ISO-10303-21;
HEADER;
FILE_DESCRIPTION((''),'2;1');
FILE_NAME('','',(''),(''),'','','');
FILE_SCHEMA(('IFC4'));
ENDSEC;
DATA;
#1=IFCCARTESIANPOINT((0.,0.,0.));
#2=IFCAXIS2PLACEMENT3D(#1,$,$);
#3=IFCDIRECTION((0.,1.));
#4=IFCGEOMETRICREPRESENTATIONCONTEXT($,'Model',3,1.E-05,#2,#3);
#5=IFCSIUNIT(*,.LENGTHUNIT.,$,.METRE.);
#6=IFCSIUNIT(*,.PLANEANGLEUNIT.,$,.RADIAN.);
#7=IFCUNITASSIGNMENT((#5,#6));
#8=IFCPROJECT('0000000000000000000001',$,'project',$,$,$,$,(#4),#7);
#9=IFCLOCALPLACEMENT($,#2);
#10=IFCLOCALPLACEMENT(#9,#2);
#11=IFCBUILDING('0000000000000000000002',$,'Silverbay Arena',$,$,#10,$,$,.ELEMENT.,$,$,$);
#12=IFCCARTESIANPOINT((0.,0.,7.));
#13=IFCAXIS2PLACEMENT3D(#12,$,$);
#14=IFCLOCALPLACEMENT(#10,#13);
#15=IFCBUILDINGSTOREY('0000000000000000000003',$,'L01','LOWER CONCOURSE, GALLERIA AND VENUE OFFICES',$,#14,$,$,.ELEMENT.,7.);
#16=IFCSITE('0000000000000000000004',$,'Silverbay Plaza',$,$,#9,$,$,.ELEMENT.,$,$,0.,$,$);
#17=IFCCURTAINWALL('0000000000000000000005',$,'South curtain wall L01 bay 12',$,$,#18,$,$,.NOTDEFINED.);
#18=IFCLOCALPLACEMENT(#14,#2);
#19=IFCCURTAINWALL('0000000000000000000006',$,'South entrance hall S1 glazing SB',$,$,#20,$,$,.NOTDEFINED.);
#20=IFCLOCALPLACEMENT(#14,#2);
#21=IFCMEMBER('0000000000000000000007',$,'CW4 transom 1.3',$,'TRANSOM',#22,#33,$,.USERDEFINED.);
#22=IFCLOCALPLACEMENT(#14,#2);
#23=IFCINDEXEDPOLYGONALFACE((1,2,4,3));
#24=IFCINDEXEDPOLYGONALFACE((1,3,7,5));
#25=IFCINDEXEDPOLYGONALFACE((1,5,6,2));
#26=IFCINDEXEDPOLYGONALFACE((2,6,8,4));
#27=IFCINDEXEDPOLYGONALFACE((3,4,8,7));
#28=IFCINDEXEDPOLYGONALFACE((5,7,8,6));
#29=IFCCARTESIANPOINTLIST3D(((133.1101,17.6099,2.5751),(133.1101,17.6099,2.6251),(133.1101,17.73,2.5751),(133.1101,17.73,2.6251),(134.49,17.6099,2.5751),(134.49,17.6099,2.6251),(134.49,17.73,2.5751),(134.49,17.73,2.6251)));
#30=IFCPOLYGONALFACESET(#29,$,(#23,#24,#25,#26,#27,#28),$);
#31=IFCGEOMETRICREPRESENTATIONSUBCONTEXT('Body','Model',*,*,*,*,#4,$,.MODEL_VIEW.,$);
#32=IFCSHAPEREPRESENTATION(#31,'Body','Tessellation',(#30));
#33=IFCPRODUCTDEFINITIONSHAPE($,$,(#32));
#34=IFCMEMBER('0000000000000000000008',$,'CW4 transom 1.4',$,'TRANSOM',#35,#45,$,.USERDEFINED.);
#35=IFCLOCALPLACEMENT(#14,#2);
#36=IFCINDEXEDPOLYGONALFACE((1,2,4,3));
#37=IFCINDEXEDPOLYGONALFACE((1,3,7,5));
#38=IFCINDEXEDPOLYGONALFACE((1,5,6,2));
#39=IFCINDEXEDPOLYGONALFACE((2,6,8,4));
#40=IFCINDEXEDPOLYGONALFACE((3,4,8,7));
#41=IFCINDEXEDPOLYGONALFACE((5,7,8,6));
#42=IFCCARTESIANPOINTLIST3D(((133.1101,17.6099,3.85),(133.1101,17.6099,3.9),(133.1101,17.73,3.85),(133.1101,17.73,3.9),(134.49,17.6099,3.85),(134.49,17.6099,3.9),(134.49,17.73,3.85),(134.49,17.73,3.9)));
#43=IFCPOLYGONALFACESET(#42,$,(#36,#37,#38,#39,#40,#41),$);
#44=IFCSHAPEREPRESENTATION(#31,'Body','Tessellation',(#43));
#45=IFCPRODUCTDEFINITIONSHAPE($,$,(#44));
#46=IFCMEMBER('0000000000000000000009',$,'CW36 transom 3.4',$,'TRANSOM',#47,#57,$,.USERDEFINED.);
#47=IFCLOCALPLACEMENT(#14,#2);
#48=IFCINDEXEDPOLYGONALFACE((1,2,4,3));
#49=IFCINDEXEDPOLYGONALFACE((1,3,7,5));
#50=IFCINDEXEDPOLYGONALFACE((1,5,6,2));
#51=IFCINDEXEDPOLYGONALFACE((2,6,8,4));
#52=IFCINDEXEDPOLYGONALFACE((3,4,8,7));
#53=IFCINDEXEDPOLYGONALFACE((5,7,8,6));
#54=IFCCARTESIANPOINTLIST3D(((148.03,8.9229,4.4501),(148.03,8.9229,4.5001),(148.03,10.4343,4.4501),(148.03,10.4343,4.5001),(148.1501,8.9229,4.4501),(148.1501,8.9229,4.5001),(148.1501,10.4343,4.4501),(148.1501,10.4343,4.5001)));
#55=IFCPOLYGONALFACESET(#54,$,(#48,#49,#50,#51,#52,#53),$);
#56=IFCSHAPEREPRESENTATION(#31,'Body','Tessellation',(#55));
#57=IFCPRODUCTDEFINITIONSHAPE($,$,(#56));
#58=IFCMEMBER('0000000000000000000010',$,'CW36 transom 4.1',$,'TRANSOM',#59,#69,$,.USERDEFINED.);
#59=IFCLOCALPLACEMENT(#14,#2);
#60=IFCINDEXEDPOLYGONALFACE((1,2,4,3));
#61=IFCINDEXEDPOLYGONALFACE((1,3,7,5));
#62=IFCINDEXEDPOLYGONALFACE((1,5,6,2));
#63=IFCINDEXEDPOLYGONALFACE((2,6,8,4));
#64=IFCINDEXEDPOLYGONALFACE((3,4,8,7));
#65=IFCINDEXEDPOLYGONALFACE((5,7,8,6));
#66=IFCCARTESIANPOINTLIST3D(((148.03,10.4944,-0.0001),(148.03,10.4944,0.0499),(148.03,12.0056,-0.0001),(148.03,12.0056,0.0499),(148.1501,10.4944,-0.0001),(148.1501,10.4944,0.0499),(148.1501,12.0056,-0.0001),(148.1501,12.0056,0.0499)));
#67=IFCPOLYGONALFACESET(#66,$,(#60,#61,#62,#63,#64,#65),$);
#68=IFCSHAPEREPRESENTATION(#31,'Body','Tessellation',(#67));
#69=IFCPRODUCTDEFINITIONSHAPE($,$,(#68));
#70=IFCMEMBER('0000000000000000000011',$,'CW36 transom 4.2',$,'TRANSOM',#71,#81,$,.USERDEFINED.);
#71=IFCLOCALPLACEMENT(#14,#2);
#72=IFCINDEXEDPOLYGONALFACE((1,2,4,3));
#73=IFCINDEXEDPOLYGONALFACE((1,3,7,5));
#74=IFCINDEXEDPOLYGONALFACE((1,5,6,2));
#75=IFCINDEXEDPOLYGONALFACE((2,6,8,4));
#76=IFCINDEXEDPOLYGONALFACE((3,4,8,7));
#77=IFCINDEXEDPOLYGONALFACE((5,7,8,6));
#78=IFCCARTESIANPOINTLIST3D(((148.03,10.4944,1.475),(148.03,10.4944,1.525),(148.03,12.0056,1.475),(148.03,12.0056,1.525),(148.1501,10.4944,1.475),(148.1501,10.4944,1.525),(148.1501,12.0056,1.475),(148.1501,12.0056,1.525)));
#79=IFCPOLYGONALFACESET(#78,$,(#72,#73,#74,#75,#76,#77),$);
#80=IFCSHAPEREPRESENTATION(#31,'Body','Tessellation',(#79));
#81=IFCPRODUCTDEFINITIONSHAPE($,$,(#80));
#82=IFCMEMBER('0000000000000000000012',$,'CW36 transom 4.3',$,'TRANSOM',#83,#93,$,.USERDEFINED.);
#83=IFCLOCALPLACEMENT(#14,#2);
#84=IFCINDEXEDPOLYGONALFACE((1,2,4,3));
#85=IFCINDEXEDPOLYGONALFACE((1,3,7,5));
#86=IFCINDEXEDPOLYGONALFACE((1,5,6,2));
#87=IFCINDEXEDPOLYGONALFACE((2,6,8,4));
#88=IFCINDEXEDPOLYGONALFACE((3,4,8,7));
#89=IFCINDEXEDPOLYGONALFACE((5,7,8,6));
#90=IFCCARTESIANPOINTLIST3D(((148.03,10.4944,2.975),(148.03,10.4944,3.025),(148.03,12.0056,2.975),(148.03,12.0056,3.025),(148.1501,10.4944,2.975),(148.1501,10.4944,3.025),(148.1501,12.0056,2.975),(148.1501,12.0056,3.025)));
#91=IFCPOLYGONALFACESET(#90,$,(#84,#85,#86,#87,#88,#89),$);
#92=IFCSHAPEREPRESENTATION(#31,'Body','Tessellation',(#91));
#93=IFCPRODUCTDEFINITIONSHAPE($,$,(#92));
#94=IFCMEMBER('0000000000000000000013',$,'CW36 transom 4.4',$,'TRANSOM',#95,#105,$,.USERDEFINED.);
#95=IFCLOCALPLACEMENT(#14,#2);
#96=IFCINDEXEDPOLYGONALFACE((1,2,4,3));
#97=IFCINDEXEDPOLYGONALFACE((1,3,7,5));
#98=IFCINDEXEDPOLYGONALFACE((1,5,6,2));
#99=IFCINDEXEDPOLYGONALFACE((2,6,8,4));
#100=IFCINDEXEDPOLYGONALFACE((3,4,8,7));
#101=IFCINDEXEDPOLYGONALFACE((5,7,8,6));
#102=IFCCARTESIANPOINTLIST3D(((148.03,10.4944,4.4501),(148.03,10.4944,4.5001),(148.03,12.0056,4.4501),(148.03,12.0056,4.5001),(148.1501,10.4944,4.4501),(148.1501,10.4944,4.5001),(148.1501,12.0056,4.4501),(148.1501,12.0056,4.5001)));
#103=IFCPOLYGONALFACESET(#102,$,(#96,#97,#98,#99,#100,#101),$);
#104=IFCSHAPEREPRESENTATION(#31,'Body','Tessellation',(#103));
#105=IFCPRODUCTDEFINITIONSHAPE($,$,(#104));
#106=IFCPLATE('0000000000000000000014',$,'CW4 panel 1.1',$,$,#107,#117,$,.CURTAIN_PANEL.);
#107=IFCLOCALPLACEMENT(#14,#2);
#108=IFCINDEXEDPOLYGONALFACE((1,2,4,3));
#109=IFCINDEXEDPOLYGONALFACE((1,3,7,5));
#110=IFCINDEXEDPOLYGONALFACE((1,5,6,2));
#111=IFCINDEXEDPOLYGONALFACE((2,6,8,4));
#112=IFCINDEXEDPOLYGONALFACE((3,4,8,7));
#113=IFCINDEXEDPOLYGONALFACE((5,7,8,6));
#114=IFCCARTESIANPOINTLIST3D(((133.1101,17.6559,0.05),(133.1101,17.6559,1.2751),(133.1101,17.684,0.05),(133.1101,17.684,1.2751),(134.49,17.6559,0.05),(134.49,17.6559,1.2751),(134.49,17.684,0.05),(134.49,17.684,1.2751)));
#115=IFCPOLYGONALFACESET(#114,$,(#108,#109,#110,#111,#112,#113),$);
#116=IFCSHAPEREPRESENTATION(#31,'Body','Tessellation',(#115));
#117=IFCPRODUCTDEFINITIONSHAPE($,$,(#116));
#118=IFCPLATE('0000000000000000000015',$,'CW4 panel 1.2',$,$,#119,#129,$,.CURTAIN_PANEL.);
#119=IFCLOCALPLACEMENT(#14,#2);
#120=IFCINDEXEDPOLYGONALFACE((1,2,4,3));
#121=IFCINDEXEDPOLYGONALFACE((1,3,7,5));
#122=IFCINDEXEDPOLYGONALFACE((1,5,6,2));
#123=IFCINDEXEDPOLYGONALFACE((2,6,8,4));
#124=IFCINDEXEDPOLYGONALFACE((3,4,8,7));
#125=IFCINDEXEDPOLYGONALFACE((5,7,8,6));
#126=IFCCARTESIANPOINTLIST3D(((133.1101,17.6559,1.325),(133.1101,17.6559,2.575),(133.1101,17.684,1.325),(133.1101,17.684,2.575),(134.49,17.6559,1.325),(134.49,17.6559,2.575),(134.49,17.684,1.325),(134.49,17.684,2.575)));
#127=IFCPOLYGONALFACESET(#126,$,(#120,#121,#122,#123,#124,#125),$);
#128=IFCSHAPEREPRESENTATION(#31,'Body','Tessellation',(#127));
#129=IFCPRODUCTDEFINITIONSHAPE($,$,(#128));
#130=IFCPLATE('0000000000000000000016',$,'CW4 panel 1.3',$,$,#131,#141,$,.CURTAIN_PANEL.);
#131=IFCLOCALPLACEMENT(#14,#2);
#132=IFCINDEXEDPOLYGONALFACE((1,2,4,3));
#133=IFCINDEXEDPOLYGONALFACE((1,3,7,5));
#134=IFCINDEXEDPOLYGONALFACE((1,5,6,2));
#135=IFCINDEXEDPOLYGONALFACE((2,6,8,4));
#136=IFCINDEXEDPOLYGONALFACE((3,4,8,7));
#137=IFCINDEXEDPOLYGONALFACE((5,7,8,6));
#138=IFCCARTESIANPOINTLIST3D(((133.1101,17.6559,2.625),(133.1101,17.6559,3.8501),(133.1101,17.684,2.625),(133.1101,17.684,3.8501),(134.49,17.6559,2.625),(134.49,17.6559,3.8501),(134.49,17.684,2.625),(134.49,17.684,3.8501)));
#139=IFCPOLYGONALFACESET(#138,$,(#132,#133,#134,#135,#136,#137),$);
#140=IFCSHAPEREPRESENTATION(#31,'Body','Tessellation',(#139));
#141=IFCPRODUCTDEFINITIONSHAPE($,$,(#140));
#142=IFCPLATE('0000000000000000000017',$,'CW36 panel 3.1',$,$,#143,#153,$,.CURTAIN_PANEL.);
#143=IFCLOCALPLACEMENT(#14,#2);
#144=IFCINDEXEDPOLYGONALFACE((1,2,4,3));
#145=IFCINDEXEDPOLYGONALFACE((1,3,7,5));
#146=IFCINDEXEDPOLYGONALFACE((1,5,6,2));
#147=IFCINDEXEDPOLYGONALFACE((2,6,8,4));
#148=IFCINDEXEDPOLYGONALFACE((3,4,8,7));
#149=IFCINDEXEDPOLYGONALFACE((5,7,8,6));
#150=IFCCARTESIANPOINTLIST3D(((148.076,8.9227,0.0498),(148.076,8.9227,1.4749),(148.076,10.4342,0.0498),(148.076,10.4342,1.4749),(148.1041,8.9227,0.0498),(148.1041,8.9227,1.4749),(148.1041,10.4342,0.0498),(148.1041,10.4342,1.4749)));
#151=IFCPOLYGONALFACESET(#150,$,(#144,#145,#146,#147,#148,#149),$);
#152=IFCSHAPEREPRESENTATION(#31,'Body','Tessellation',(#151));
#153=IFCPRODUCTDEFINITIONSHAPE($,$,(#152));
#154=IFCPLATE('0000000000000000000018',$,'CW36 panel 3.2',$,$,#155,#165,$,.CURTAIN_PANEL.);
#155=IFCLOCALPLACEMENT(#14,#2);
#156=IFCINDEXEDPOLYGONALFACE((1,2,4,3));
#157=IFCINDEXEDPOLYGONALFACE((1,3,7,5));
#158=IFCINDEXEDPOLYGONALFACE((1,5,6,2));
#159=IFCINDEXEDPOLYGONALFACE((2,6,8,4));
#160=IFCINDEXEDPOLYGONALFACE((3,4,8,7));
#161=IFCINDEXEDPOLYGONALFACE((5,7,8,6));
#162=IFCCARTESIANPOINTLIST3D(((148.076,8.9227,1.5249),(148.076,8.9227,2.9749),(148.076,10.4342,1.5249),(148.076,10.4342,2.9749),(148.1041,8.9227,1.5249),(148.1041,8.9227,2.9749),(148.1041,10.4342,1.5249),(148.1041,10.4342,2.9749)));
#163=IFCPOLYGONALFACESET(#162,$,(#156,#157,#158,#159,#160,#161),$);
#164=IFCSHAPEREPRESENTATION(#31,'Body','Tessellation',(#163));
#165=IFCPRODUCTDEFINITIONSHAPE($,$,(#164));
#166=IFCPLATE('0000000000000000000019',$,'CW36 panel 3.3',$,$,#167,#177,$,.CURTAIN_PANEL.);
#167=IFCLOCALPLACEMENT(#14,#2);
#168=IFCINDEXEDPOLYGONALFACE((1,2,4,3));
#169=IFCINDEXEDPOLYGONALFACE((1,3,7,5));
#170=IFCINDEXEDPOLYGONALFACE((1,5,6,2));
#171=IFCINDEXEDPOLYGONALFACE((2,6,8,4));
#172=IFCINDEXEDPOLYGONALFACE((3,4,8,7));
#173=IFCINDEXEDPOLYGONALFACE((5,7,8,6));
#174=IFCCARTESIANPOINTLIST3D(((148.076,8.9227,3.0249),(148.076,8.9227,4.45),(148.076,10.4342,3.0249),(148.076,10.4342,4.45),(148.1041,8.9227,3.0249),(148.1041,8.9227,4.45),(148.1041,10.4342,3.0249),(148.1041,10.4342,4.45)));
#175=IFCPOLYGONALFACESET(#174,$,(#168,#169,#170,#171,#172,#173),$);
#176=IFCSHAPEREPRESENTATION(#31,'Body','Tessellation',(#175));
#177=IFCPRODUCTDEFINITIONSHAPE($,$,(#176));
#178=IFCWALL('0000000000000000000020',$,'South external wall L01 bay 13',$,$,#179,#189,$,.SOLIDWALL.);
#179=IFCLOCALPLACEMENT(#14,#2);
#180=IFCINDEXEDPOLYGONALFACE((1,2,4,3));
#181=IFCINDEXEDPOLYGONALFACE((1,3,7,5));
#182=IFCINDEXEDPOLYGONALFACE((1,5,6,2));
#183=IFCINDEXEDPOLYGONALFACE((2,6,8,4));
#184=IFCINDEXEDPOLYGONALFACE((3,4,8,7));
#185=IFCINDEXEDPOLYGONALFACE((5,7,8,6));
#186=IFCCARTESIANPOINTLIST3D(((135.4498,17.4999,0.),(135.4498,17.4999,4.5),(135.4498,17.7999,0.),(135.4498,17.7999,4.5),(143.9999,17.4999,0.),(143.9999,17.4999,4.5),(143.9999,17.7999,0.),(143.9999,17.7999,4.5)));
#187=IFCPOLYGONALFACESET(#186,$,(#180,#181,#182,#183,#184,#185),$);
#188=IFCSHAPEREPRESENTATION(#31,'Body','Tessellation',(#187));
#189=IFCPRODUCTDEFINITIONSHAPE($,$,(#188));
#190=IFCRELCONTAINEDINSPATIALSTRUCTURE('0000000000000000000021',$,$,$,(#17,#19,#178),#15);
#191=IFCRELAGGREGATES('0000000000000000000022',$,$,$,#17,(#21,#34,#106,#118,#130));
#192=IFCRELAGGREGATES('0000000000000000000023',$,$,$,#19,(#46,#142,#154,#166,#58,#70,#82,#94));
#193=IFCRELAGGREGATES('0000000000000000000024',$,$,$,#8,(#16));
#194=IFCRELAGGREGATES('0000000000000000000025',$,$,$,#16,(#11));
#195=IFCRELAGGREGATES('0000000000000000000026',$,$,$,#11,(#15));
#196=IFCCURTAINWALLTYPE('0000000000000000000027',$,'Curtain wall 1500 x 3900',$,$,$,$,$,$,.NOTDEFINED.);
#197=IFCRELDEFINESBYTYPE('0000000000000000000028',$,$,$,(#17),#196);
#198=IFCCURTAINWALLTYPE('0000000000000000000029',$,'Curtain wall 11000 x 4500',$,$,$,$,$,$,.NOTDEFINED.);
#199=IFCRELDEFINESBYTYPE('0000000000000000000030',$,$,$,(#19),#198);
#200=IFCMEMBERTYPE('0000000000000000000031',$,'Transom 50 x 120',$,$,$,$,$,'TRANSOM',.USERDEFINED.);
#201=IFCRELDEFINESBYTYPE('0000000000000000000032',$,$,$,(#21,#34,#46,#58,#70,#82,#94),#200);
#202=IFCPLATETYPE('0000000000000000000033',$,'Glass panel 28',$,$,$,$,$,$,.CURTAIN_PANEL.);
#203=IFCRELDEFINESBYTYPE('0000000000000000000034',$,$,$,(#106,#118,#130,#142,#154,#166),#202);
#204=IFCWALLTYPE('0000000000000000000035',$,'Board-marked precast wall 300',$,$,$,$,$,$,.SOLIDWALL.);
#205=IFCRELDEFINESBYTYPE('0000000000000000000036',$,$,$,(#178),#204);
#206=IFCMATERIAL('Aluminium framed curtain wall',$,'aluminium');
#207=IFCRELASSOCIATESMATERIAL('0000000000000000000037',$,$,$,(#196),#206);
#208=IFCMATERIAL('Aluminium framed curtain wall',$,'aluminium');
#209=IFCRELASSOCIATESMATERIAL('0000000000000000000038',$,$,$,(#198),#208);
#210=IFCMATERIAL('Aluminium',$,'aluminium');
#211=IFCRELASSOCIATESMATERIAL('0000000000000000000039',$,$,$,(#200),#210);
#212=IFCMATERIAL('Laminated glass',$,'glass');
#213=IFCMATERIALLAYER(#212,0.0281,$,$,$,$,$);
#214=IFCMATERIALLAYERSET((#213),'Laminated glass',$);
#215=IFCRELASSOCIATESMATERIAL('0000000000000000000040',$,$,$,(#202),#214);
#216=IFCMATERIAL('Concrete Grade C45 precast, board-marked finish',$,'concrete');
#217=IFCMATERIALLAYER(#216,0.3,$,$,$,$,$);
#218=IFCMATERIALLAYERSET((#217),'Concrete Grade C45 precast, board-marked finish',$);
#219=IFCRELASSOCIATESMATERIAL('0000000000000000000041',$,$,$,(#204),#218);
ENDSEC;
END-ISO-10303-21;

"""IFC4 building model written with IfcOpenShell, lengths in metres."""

from ifc_helpers import new_model, si_unit, direction, frame, frame_2d, origin, origin_2d, place, context, subcontext, project, spatial, rectangle, extrude, material, layer, layer_set, material_profile, profile_set, type_object, element, aggregate, save


model = new_model("IFC4")

# Units and contexts
model_context = context("Model", 3, precision=1e-05, world=origin(), true_north=direction((0.0, 1.0)))
body_context = subcontext(model_context, "Body", "Model", "MODEL_VIEW")
ifc_project = project(units=[si_unit("LENGTHUNIT", "METRE"), si_unit("PLANEANGLEUNIT", "RADIAN")], contexts=[model_context])

# Site, building, storey
site_placement = place(None, origin())
site = spatial("IfcSite", under=ifc_project, at=site_placement, Name="Silverbay Plaza", CompositionType="ELEMENT", RefElevation=0.0)
building_placement = place(site_placement, origin())
building = spatial("IfcBuilding", under=site, at=building_placement, Name="Silverbay Arena", CompositionType="ELEMENT")
storey_placement = place(building_placement, frame((0.0, 0.0, 7.0)))
storey = spatial("IfcBuildingStorey", under=building, at=storey_placement, Name="L01", Description="LOWER CONCOURSE, GALLERIA AND VENUE OFFICES", CompositionType="ELEMENT", Elevation=7.0)

# Curtain wall
ifc_material_1 = material(Name="Aluminium framed curtain wall", Category="aluminium")
curtain_wall_type_1 = type_object("IfcCurtainWallType", Name="Curtain wall 1500 x 3900", PredefinedType="NOTDEFINED", material=ifc_material_1)
curtain_wall_1_placement = place(storey_placement, origin())
curtain_wall_1 = element("IfcCurtainWall", 1, at=curtain_wall_1_placement, inside=storey, type_object=curtain_wall_type_1, Name="South curtain wall L01 bay 12", PredefinedType="NOTDEFINED")

# Curtain wall
ifc_material_2 = material(Name="Aluminium framed curtain wall", Category="aluminium")
curtain_wall_type_2 = type_object("IfcCurtainWallType", Name="Curtain wall 11000 x 4500", PredefinedType="NOTDEFINED", material=ifc_material_2)
curtain_wall_2_placement = place(storey_placement, origin())
curtain_wall_2 = element("IfcCurtainWall", 2, at=curtain_wall_2_placement, inside=storey, type_object=curtain_wall_type_2, Name="South entrance hall S1 glazing SB", PredefinedType="NOTDEFINED")

# Members
ifc_material_3 = material(Name="Aluminium", Category="aluminium")
ifc_material_profile_1 = material_profile(ifc_material_3, rectangle(XDim=0.1201, YDim=0.05, at=origin_2d()), Name="Transom 50 x 120")
ifc_profile_set_1 = profile_set([ifc_material_profile_1], Name="Aluminium")
member_type_1 = type_object("IfcMemberType", Name="Transom 50 x 120", ElementType="TRANSOM", PredefinedType="USERDEFINED", material=ifc_profile_set_1)
member_1_placement = place(storey_placement, frame((133.1101, 17.6699, 2.6001), z_axis=(1.0, 0.0, 0.0), x_axis=(0.0, 1.0, 0.0)))
member_1 = element("IfcMember", 3, at=member_1_placement, type_object=member_type_1, Name="CW4 transom 1.3", ObjectType="TRANSOM", PredefinedType="USERDEFINED", context=body_context, shape_type="SweptSolid", body=[
    extrude(rectangle(XDim=0.1201, YDim=0.05, at=origin_2d()), origin(), (0.0, 0.0, 1.0), 1.3799),
])
member_2_placement = place(storey_placement, frame((133.1101, 17.6699, 3.875), z_axis=(1.0, 0.0, 0.0), x_axis=(0.0, 1.0, 0.0)))
member_2 = element("IfcMember", 4, at=member_2_placement, type_object=member_type_1, Name="CW4 transom 1.4", ObjectType="TRANSOM", PredefinedType="USERDEFINED", context=body_context, shape_type="SweptSolid", body=[
    extrude(rectangle(XDim=0.1201, YDim=0.05, at=origin_2d()), origin(), (0.0, 0.0, 1.0), 1.3799),
])
member_3_placement = place(storey_placement, frame((148.0901, 8.9229, 4.4751), z_axis=(0.0, 1.0, 0.0), x_axis=(-1.0, 0.0, 0.0)))
member_3 = element("IfcMember", 5, at=member_3_placement, type_object=member_type_1, Name="CW36 transom 3.4", ObjectType="TRANSOM", PredefinedType="USERDEFINED", context=body_context, shape_type="SweptSolid", body=[
    extrude(rectangle(XDim=0.1201, YDim=0.05, at=origin_2d()), origin(), (0.0, 0.0, 1.0), 1.5115),
])
member_4_placement = place(storey_placement, frame((148.0901, 10.4944, 0.0249), z_axis=(0.0, 1.0, 0.0), x_axis=(-1.0, 0.0, 0.0)))
member_4 = element("IfcMember", 6, at=member_4_placement, type_object=member_type_1, Name="CW36 transom 4.1", ObjectType="TRANSOM", PredefinedType="USERDEFINED", context=body_context, shape_type="SweptSolid", body=[
    extrude(rectangle(XDim=0.1201, YDim=0.05, at=origin_2d()), origin(), (0.0, 0.0, 1.0), 1.5112),
])
member_5_placement = place(storey_placement, frame((148.0901, 10.4944, 1.5), z_axis=(0.0, 1.0, 0.0), x_axis=(-1.0, 0.0, 0.0)))
member_5 = element("IfcMember", 7, at=member_5_placement, type_object=member_type_1, Name="CW36 transom 4.2", ObjectType="TRANSOM", PredefinedType="USERDEFINED", context=body_context, shape_type="SweptSolid", body=[
    extrude(rectangle(XDim=0.1201, YDim=0.05, at=origin_2d()), origin(), (0.0, 0.0, 1.0), 1.5112),
])
member_6_placement = place(storey_placement, frame((148.0901, 10.4944, 3.0), z_axis=(0.0, 1.0, 0.0), x_axis=(-1.0, 0.0, 0.0)))
member_6 = element("IfcMember", 8, at=member_6_placement, type_object=member_type_1, Name="CW36 transom 4.3", ObjectType="TRANSOM", PredefinedType="USERDEFINED", context=body_context, shape_type="SweptSolid", body=[
    extrude(rectangle(XDim=0.1201, YDim=0.05, at=origin_2d()), origin(), (0.0, 0.0, 1.0), 1.5112),
])
member_7_placement = place(storey_placement, frame((148.0901, 10.4944, 4.4751), z_axis=(0.0, 1.0, 0.0), x_axis=(-1.0, 0.0, 0.0)))
member_7 = element("IfcMember", 9, at=member_7_placement, type_object=member_type_1, Name="CW36 transom 4.4", ObjectType="TRANSOM", PredefinedType="USERDEFINED", context=body_context, shape_type="SweptSolid", body=[
    extrude(rectangle(XDim=0.1201, YDim=0.05, at=origin_2d()), origin(), (0.0, 0.0, 1.0), 1.5112),
])

# Plates
ifc_material_4 = material(Name="Laminated glass", Category="glass")
ifc_layer_1 = layer(ifc_material_4, 0.0281)
ifc_layer_set_1 = layer_set([ifc_layer_1], Name="Laminated glass")
plate_type = type_object("IfcPlateType", Name="Glass panel 28", PredefinedType="CURTAIN_PANEL", material=ifc_layer_set_1)
plate_1_placement = place(storey_placement, frame((133.8, 17.6699, 0.05), z_axis=(0.0, 0.0, 1.0), x_axis=(1.0, 0.0, 0.0)))
plate_1 = element("IfcPlate", 10, at=plate_1_placement, type_object=plate_type, Name="CW4 panel 1.1", PredefinedType="CURTAIN_PANEL", context=body_context, shape_type="SweptSolid", body=[
    extrude(rectangle(XDim=1.3799, YDim=0.0281, at=origin_2d()), origin(), (0.0, 0.0, 1.0), 1.2251),
])
plate_2_placement = place(storey_placement, frame((133.8, 17.6699, 1.325), z_axis=(0.0, 0.0, 1.0), x_axis=(1.0, 0.0, 0.0)))
plate_2 = element("IfcPlate", 11, at=plate_2_placement, type_object=plate_type, Name="CW4 panel 1.2", PredefinedType="CURTAIN_PANEL", context=body_context, shape_type="SweptSolid", body=[
    extrude(rectangle(XDim=1.3799, YDim=0.0281, at=origin_2d()), origin(), (0.0, 0.0, 1.0), 1.25),
])
plate_3_placement = place(storey_placement, frame((133.8, 17.6699, 2.625), z_axis=(0.0, 0.0, 1.0), x_axis=(1.0, 0.0, 0.0)))
plate_3 = element("IfcPlate", 12, at=plate_3_placement, type_object=plate_type, Name="CW4 panel 1.3", PredefinedType="CURTAIN_PANEL", context=body_context, shape_type="SweptSolid", body=[
    extrude(rectangle(XDim=1.3799, YDim=0.0281, at=origin_2d()), origin(), (0.0, 0.0, 1.0), 1.2251),
])
aggregate(curtain_wall_1, [member_1, member_2, plate_1, plate_2, plate_3])
plate_4_placement = place(storey_placement, frame((148.0901, 9.6785, 0.0498), z_axis=(0.0, 0.0, 1.0), x_axis=(0.0, 1.0, 0.0)))
plate_4 = element("IfcPlate", 13, at=plate_4_placement, type_object=plate_type, Name="CW36 panel 3.1", PredefinedType="CURTAIN_PANEL", context=body_context, shape_type="SweptSolid", body=[
    extrude(rectangle(XDim=1.5115, YDim=0.0281, at=origin_2d()), origin(), (0.0, 0.0, 1.0), 1.425),
])
plate_5_placement = place(storey_placement, frame((148.0901, 9.6785, 1.5249), z_axis=(0.0, 0.0, 1.0), x_axis=(0.0, 1.0, 0.0)))
plate_5 = element("IfcPlate", 14, at=plate_5_placement, type_object=plate_type, Name="CW36 panel 3.2", PredefinedType="CURTAIN_PANEL", context=body_context, shape_type="SweptSolid", body=[
    extrude(rectangle(XDim=1.5115, YDim=0.0281, at=origin_2d()), origin(), (0.0, 0.0, 1.0), 1.45),
])
plate_6_placement = place(storey_placement, frame((148.0901, 9.6785, 3.0249), z_axis=(0.0, 0.0, 1.0), x_axis=(0.0, 1.0, 0.0)))
plate_6 = element("IfcPlate", 15, at=plate_6_placement, type_object=plate_type, Name="CW36 panel 3.3", PredefinedType="CURTAIN_PANEL", context=body_context, shape_type="SweptSolid", body=[
    extrude(rectangle(XDim=1.5115, YDim=0.0281, at=origin_2d()), origin(), (0.0, 0.0, 1.0), 1.425),
])
aggregate(curtain_wall_2, [member_3, plate_4, plate_5, plate_6, member_4, member_5, member_6, member_7])

# Wall
ifc_material_5 = material(Name="Concrete Grade C45 precast, board-marked finish", Category="concrete")
ifc_layer_2 = layer(ifc_material_5, 0.3)
ifc_layer_set_2 = layer_set([ifc_layer_2], Name="Concrete Grade C45 precast, board-marked finish")
wall_type_1 = type_object("IfcWallType", Name="Board-marked precast wall 300", PredefinedType="SOLIDWALL", material=ifc_layer_set_2)
wall_1_placement = place(storey_placement, frame((135.45, 17.6499, 0.0), z_axis=(0.0, 0.0, 1.0), x_axis=(1.0, 0.0, 0.0)))
element("IfcWall", 16, at=wall_1_placement, inside=storey, type_object=wall_type_1, Name="South external wall L01 bay 13", PredefinedType="SOLIDWALL", context=body_context, shape_type="SweptSolid", body=[
    extrude(rectangle(XDim=8.55, YDim=0.3, at=frame_2d((4.2749, 0.0))), origin(), (0.0, 0.0, 1.0), 4.5),
])

save(model, "model.ifc")
